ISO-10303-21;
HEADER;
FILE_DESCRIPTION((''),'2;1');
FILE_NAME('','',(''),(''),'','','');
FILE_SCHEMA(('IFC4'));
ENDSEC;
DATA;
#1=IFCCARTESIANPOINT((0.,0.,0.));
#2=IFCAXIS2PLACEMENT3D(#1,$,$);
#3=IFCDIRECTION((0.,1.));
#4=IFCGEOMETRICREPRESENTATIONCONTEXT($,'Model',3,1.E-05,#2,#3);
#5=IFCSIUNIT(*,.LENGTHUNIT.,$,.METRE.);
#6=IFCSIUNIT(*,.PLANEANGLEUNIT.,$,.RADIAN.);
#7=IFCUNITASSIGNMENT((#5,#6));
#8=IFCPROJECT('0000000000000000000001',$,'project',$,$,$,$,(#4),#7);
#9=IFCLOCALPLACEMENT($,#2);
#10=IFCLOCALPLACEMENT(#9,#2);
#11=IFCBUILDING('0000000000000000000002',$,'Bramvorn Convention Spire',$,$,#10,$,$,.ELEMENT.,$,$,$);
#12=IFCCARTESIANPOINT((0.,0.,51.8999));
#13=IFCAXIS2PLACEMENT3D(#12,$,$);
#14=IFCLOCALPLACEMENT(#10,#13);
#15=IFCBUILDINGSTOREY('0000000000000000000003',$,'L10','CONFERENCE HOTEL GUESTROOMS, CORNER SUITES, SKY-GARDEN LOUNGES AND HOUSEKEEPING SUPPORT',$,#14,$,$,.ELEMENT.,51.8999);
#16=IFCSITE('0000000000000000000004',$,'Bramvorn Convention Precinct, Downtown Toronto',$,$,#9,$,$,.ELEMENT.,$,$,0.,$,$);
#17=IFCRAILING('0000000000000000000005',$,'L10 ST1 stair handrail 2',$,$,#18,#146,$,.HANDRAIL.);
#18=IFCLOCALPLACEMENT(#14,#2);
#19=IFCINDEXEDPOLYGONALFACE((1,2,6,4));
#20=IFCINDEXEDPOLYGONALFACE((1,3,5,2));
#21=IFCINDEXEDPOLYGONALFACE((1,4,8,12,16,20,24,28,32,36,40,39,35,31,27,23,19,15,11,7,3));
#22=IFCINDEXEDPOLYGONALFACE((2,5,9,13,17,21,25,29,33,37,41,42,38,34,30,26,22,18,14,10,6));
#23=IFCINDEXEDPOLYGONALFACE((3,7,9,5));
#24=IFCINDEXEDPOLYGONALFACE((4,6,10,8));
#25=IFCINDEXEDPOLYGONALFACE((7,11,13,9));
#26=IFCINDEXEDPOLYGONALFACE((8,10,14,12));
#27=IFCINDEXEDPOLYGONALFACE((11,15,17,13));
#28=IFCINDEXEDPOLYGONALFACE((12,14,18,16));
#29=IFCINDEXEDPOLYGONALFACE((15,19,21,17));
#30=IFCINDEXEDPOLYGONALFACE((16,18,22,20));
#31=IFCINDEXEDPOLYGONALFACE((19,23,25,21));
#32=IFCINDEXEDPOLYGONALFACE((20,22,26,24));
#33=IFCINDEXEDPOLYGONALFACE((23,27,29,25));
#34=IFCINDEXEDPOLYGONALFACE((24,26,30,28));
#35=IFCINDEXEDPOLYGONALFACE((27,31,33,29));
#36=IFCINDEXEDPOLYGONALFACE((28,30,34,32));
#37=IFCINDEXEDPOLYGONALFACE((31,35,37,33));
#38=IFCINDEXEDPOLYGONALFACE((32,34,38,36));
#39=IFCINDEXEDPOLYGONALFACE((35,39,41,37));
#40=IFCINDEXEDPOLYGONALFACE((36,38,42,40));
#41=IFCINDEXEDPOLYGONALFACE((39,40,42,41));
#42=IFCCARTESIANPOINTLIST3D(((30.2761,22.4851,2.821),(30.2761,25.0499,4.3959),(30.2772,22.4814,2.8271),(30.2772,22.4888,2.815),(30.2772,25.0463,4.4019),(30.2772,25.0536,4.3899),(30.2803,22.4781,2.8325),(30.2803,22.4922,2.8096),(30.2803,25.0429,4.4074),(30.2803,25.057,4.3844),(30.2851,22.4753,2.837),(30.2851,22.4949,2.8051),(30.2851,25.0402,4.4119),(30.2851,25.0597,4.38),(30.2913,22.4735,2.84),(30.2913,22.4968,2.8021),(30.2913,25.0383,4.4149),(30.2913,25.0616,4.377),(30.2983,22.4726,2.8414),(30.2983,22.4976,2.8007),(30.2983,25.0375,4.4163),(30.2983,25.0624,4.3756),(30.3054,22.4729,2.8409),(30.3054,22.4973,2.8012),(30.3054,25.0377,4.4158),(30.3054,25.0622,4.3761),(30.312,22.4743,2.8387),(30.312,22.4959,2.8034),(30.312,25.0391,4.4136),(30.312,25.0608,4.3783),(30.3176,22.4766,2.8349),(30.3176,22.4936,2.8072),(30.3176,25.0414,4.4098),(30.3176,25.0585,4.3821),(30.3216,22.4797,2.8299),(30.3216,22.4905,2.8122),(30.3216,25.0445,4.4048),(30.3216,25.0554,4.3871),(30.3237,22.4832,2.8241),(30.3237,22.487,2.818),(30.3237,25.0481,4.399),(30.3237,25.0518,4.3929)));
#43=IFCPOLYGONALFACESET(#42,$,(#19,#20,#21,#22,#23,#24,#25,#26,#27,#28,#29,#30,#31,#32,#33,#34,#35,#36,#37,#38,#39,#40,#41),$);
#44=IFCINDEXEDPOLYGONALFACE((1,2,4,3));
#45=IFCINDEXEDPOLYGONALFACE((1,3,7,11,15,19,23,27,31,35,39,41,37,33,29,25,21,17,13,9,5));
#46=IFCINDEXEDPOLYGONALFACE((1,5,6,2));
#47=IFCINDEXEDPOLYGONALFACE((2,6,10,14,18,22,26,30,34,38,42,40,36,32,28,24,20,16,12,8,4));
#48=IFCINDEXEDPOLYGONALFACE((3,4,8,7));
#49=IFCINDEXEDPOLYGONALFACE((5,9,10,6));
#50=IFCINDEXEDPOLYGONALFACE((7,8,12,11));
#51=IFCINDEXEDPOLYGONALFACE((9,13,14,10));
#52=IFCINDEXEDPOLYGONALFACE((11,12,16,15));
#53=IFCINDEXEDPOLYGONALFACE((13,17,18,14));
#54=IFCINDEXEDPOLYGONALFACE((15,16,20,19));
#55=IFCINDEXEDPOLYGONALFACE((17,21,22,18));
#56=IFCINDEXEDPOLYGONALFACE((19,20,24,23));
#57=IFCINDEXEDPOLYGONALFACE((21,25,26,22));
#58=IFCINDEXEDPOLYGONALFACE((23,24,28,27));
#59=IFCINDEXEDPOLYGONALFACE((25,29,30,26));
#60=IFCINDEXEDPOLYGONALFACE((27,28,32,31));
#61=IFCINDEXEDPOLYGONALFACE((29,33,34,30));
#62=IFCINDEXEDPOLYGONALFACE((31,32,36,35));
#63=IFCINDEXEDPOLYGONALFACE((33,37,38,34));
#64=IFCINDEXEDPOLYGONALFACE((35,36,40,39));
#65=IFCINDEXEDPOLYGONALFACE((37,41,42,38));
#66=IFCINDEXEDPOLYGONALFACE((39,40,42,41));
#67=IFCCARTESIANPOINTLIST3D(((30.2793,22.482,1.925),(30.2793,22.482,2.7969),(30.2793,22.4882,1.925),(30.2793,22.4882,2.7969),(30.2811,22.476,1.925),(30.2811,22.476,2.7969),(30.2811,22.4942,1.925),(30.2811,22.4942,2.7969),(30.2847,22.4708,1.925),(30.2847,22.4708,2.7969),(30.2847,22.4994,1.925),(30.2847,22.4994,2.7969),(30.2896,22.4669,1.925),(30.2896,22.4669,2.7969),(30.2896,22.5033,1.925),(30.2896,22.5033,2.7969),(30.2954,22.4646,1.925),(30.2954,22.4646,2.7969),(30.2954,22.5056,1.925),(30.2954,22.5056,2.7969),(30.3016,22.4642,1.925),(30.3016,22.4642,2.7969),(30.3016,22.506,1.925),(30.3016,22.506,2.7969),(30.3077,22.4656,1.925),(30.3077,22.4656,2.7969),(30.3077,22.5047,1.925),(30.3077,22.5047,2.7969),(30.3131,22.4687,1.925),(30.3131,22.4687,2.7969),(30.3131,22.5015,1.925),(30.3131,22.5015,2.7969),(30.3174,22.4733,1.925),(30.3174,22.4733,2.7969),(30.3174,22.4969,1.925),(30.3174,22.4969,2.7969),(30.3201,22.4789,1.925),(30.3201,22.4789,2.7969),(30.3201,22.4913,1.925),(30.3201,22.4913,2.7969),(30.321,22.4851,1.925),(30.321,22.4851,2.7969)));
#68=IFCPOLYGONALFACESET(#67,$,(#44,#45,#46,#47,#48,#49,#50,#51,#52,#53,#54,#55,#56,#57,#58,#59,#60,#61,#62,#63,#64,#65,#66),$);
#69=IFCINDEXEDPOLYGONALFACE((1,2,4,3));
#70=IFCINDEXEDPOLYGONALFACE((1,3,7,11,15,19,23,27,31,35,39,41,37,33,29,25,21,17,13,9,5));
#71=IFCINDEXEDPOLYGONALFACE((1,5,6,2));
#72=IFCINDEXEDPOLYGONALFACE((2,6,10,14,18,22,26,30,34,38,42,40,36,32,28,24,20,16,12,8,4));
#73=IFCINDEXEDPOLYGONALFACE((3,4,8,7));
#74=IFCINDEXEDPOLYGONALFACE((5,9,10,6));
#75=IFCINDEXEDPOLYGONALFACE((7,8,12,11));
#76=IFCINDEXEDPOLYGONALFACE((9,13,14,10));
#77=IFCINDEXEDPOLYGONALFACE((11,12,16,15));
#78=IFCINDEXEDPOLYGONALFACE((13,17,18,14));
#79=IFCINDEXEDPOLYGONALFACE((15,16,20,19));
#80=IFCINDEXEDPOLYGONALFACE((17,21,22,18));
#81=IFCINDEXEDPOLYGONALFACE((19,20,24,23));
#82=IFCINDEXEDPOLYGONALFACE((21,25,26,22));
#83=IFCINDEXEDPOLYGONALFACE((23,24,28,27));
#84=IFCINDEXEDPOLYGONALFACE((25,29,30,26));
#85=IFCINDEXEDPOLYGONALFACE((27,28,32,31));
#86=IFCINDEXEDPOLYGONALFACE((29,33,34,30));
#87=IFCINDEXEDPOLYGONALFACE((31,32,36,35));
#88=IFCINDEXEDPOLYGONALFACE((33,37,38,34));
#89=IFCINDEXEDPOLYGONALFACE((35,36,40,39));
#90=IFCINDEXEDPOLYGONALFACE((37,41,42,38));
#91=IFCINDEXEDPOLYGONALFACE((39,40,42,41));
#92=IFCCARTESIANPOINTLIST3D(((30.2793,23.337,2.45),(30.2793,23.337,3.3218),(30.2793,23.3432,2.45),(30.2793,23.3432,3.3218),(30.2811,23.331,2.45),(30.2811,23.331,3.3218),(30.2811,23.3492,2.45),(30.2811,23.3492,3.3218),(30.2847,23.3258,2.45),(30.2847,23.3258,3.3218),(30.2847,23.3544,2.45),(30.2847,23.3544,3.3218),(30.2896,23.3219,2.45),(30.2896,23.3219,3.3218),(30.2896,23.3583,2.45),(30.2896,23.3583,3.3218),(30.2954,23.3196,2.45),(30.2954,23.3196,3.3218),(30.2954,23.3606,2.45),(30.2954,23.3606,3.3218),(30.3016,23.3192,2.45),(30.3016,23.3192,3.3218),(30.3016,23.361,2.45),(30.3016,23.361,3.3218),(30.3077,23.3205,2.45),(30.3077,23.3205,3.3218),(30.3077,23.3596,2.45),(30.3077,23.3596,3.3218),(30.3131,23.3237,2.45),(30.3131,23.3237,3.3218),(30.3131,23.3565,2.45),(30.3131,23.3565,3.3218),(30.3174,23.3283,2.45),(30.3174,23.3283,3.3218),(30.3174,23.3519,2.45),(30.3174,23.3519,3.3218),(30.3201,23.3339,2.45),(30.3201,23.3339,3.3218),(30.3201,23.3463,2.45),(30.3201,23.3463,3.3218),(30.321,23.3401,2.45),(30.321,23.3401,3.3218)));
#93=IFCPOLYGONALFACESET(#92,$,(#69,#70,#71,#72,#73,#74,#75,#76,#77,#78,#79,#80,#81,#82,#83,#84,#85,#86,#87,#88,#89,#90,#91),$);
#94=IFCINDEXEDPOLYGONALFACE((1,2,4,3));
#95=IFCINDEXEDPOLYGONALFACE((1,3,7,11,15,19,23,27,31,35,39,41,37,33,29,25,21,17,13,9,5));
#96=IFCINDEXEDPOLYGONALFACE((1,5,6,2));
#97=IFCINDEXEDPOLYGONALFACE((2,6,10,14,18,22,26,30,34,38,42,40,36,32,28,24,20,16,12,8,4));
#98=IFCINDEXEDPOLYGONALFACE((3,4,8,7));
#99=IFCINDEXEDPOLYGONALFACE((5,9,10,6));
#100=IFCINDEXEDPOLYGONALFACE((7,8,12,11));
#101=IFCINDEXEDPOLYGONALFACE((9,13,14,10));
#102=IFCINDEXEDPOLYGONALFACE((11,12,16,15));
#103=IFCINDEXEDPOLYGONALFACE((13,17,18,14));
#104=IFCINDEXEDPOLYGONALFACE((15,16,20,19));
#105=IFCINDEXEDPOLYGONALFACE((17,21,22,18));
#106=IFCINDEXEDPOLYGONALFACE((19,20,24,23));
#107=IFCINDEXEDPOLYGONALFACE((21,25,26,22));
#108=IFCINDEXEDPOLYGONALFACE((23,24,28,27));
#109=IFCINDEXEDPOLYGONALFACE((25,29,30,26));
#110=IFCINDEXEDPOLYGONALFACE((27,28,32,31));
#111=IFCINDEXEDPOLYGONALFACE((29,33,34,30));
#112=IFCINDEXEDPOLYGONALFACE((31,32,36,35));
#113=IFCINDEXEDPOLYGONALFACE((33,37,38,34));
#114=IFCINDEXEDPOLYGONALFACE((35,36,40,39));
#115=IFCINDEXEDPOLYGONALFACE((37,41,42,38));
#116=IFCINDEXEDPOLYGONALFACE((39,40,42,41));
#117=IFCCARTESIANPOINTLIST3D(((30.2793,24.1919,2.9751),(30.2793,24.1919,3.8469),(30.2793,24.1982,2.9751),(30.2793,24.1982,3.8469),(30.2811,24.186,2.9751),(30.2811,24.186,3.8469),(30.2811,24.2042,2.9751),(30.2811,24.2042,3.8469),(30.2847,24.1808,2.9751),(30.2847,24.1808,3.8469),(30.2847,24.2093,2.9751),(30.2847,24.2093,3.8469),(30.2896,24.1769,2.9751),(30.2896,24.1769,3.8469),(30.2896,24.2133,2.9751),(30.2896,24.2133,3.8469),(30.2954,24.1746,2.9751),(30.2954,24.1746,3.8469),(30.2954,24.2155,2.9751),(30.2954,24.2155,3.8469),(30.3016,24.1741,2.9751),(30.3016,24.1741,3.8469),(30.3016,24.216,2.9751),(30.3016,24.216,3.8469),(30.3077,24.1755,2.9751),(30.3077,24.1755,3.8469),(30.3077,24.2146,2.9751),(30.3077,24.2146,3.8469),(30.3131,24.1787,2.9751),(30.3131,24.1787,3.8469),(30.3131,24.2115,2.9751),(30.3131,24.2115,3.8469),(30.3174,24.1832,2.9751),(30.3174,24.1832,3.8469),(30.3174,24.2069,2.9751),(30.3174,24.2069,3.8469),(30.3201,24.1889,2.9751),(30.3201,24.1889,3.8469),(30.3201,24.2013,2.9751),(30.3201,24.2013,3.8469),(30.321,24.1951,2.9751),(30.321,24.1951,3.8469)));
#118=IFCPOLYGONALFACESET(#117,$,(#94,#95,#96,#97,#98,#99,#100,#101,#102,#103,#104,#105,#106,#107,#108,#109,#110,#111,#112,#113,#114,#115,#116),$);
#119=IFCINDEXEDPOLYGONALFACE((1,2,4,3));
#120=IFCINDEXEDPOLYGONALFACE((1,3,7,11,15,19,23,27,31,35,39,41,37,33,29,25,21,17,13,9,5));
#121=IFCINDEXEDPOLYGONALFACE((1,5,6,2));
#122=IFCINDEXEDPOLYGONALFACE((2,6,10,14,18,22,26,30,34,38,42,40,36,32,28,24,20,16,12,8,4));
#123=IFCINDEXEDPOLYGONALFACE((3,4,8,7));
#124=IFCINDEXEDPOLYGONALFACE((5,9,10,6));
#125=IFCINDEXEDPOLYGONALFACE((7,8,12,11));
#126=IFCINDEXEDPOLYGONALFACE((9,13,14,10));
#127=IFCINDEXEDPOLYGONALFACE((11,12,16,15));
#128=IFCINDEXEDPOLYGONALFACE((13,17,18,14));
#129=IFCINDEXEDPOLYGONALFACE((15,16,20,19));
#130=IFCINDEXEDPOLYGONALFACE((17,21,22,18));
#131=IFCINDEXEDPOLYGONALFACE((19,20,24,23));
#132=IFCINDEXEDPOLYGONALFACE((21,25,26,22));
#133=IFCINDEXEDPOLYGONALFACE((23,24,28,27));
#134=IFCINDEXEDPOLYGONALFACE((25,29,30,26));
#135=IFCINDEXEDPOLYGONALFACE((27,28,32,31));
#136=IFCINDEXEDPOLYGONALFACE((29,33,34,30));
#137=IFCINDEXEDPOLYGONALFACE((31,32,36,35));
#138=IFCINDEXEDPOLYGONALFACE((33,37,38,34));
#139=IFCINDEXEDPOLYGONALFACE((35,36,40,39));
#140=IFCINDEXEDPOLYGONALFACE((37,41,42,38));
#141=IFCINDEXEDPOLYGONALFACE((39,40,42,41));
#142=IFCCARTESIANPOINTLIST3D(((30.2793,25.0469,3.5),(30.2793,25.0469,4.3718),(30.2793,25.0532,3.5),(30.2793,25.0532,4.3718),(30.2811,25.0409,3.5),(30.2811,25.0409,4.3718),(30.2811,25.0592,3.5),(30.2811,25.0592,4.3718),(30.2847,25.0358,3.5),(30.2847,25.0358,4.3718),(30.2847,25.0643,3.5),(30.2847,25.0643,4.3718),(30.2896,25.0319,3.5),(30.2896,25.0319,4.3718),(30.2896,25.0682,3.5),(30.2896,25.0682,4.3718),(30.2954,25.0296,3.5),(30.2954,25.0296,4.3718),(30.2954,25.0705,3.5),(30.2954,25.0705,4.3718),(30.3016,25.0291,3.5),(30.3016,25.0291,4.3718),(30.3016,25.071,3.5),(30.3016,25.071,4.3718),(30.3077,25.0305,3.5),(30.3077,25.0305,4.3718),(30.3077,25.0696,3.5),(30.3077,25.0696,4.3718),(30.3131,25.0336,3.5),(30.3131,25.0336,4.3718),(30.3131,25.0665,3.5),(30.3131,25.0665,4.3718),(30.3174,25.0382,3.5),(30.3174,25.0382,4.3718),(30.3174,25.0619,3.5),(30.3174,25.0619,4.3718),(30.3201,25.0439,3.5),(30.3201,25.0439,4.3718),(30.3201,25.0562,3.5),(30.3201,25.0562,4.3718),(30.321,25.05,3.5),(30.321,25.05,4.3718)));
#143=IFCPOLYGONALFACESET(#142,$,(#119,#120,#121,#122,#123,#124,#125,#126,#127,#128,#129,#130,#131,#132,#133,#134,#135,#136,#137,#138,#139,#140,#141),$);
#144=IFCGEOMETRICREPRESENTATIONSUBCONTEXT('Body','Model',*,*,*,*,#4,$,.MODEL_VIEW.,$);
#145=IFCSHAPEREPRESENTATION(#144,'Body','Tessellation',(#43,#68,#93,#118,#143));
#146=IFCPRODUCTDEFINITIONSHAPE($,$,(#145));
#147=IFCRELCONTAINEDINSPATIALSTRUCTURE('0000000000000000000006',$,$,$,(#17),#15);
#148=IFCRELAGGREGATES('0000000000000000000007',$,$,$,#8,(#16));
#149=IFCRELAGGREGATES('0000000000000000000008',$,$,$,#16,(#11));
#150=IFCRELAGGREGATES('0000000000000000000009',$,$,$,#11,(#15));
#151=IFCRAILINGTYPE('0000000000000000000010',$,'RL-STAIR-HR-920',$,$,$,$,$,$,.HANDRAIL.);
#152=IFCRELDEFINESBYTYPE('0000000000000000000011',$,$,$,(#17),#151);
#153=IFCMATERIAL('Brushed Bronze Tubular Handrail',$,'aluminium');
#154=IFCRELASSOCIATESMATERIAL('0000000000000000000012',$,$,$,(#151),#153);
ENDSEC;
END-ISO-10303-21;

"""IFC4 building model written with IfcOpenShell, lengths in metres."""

from ifc_helpers import new_model, si_unit, direction, frame, origin, origin_2d, place, context, subcontext, project, spatial, circle, extrude, material, type_object, element, save


model = new_model("IFC4")

# Units and contexts
model_context = context("Model", 3, precision=1e-05, world=origin(), true_north=direction((0.0, 1.0)))
body_context = subcontext(model_context, "Body", "Model", "MODEL_VIEW")
ifc_project = project(units=[si_unit("LENGTHUNIT", "METRE"), si_unit("PLANEANGLEUNIT", "RADIAN")], contexts=[model_context])

# Site, building, storey
site_placement = place(None, origin())
site = spatial("IfcSite", under=ifc_project, at=site_placement, Name="Bramvorn Convention Precinct, Downtown Toronto", CompositionType="ELEMENT", RefElevation=0.0)
building_placement = place(site_placement, origin())
building = spatial("IfcBuilding", under=site, at=building_placement, Name="Bramvorn Convention Spire", CompositionType="ELEMENT")
storey_placement = place(building_placement, frame((0.0, 0.0, 51.8999)))
storey = spatial("IfcBuildingStorey", under=building, at=storey_placement, Name="L10", Description="CONFERENCE HOTEL GUESTROOMS, CORNER SUITES, SKY-GARDEN LOUNGES AND HOUSEKEEPING SUPPORT", CompositionType="ELEMENT", Elevation=51.8999)

# Railing
ifc_material_1 = material(Name="Brushed Bronze Tubular Handrail", Category="aluminium")
railing_type_1 = type_object("IfcRailingType", Name="RL-STAIR-HR-920", PredefinedType="HANDRAIL", material=ifc_material_1)
railing_1_placement = place(storey_placement, frame((30.3, 22.4851, 1.925)))
element("IfcRailing", 1, at=railing_1_placement, inside=storey, type_object=railing_type_1, Name="L10 ST1 stair handrail 2", PredefinedType="HANDRAIL", context=body_context, shape_type="SweptSolid", body=[
    extrude(circle(Radius=0.0239, at=origin_2d()), frame((0.0, 0.0, 0.896), z_axis=(0.0, 0.852173, 0.52326), x_axis=(-1.0, 0.0, 0.0)), (0.0, 0.0, 1.0), 3.0098),
    extrude(circle(Radius=0.021, at=origin_2d()), origin(), (0.0, 0.0, 1.0), 0.8718),
    extrude(circle(Radius=0.021, at=origin_2d()), frame((0.0, 0.855, 0.5249)), (0.0, 0.0, 1.0), 0.8718),
    extrude(circle(Radius=0.021, at=origin_2d()), frame((0.0, 1.71, 1.05)), (0.0, 0.0, 1.0), 0.8718),
    extrude(circle(Radius=0.021, at=origin_2d()), frame((0.0, 2.5649, 1.575)), (0.0, 0.0, 1.0), 0.8718),
])

save(model, "model.ifc")
